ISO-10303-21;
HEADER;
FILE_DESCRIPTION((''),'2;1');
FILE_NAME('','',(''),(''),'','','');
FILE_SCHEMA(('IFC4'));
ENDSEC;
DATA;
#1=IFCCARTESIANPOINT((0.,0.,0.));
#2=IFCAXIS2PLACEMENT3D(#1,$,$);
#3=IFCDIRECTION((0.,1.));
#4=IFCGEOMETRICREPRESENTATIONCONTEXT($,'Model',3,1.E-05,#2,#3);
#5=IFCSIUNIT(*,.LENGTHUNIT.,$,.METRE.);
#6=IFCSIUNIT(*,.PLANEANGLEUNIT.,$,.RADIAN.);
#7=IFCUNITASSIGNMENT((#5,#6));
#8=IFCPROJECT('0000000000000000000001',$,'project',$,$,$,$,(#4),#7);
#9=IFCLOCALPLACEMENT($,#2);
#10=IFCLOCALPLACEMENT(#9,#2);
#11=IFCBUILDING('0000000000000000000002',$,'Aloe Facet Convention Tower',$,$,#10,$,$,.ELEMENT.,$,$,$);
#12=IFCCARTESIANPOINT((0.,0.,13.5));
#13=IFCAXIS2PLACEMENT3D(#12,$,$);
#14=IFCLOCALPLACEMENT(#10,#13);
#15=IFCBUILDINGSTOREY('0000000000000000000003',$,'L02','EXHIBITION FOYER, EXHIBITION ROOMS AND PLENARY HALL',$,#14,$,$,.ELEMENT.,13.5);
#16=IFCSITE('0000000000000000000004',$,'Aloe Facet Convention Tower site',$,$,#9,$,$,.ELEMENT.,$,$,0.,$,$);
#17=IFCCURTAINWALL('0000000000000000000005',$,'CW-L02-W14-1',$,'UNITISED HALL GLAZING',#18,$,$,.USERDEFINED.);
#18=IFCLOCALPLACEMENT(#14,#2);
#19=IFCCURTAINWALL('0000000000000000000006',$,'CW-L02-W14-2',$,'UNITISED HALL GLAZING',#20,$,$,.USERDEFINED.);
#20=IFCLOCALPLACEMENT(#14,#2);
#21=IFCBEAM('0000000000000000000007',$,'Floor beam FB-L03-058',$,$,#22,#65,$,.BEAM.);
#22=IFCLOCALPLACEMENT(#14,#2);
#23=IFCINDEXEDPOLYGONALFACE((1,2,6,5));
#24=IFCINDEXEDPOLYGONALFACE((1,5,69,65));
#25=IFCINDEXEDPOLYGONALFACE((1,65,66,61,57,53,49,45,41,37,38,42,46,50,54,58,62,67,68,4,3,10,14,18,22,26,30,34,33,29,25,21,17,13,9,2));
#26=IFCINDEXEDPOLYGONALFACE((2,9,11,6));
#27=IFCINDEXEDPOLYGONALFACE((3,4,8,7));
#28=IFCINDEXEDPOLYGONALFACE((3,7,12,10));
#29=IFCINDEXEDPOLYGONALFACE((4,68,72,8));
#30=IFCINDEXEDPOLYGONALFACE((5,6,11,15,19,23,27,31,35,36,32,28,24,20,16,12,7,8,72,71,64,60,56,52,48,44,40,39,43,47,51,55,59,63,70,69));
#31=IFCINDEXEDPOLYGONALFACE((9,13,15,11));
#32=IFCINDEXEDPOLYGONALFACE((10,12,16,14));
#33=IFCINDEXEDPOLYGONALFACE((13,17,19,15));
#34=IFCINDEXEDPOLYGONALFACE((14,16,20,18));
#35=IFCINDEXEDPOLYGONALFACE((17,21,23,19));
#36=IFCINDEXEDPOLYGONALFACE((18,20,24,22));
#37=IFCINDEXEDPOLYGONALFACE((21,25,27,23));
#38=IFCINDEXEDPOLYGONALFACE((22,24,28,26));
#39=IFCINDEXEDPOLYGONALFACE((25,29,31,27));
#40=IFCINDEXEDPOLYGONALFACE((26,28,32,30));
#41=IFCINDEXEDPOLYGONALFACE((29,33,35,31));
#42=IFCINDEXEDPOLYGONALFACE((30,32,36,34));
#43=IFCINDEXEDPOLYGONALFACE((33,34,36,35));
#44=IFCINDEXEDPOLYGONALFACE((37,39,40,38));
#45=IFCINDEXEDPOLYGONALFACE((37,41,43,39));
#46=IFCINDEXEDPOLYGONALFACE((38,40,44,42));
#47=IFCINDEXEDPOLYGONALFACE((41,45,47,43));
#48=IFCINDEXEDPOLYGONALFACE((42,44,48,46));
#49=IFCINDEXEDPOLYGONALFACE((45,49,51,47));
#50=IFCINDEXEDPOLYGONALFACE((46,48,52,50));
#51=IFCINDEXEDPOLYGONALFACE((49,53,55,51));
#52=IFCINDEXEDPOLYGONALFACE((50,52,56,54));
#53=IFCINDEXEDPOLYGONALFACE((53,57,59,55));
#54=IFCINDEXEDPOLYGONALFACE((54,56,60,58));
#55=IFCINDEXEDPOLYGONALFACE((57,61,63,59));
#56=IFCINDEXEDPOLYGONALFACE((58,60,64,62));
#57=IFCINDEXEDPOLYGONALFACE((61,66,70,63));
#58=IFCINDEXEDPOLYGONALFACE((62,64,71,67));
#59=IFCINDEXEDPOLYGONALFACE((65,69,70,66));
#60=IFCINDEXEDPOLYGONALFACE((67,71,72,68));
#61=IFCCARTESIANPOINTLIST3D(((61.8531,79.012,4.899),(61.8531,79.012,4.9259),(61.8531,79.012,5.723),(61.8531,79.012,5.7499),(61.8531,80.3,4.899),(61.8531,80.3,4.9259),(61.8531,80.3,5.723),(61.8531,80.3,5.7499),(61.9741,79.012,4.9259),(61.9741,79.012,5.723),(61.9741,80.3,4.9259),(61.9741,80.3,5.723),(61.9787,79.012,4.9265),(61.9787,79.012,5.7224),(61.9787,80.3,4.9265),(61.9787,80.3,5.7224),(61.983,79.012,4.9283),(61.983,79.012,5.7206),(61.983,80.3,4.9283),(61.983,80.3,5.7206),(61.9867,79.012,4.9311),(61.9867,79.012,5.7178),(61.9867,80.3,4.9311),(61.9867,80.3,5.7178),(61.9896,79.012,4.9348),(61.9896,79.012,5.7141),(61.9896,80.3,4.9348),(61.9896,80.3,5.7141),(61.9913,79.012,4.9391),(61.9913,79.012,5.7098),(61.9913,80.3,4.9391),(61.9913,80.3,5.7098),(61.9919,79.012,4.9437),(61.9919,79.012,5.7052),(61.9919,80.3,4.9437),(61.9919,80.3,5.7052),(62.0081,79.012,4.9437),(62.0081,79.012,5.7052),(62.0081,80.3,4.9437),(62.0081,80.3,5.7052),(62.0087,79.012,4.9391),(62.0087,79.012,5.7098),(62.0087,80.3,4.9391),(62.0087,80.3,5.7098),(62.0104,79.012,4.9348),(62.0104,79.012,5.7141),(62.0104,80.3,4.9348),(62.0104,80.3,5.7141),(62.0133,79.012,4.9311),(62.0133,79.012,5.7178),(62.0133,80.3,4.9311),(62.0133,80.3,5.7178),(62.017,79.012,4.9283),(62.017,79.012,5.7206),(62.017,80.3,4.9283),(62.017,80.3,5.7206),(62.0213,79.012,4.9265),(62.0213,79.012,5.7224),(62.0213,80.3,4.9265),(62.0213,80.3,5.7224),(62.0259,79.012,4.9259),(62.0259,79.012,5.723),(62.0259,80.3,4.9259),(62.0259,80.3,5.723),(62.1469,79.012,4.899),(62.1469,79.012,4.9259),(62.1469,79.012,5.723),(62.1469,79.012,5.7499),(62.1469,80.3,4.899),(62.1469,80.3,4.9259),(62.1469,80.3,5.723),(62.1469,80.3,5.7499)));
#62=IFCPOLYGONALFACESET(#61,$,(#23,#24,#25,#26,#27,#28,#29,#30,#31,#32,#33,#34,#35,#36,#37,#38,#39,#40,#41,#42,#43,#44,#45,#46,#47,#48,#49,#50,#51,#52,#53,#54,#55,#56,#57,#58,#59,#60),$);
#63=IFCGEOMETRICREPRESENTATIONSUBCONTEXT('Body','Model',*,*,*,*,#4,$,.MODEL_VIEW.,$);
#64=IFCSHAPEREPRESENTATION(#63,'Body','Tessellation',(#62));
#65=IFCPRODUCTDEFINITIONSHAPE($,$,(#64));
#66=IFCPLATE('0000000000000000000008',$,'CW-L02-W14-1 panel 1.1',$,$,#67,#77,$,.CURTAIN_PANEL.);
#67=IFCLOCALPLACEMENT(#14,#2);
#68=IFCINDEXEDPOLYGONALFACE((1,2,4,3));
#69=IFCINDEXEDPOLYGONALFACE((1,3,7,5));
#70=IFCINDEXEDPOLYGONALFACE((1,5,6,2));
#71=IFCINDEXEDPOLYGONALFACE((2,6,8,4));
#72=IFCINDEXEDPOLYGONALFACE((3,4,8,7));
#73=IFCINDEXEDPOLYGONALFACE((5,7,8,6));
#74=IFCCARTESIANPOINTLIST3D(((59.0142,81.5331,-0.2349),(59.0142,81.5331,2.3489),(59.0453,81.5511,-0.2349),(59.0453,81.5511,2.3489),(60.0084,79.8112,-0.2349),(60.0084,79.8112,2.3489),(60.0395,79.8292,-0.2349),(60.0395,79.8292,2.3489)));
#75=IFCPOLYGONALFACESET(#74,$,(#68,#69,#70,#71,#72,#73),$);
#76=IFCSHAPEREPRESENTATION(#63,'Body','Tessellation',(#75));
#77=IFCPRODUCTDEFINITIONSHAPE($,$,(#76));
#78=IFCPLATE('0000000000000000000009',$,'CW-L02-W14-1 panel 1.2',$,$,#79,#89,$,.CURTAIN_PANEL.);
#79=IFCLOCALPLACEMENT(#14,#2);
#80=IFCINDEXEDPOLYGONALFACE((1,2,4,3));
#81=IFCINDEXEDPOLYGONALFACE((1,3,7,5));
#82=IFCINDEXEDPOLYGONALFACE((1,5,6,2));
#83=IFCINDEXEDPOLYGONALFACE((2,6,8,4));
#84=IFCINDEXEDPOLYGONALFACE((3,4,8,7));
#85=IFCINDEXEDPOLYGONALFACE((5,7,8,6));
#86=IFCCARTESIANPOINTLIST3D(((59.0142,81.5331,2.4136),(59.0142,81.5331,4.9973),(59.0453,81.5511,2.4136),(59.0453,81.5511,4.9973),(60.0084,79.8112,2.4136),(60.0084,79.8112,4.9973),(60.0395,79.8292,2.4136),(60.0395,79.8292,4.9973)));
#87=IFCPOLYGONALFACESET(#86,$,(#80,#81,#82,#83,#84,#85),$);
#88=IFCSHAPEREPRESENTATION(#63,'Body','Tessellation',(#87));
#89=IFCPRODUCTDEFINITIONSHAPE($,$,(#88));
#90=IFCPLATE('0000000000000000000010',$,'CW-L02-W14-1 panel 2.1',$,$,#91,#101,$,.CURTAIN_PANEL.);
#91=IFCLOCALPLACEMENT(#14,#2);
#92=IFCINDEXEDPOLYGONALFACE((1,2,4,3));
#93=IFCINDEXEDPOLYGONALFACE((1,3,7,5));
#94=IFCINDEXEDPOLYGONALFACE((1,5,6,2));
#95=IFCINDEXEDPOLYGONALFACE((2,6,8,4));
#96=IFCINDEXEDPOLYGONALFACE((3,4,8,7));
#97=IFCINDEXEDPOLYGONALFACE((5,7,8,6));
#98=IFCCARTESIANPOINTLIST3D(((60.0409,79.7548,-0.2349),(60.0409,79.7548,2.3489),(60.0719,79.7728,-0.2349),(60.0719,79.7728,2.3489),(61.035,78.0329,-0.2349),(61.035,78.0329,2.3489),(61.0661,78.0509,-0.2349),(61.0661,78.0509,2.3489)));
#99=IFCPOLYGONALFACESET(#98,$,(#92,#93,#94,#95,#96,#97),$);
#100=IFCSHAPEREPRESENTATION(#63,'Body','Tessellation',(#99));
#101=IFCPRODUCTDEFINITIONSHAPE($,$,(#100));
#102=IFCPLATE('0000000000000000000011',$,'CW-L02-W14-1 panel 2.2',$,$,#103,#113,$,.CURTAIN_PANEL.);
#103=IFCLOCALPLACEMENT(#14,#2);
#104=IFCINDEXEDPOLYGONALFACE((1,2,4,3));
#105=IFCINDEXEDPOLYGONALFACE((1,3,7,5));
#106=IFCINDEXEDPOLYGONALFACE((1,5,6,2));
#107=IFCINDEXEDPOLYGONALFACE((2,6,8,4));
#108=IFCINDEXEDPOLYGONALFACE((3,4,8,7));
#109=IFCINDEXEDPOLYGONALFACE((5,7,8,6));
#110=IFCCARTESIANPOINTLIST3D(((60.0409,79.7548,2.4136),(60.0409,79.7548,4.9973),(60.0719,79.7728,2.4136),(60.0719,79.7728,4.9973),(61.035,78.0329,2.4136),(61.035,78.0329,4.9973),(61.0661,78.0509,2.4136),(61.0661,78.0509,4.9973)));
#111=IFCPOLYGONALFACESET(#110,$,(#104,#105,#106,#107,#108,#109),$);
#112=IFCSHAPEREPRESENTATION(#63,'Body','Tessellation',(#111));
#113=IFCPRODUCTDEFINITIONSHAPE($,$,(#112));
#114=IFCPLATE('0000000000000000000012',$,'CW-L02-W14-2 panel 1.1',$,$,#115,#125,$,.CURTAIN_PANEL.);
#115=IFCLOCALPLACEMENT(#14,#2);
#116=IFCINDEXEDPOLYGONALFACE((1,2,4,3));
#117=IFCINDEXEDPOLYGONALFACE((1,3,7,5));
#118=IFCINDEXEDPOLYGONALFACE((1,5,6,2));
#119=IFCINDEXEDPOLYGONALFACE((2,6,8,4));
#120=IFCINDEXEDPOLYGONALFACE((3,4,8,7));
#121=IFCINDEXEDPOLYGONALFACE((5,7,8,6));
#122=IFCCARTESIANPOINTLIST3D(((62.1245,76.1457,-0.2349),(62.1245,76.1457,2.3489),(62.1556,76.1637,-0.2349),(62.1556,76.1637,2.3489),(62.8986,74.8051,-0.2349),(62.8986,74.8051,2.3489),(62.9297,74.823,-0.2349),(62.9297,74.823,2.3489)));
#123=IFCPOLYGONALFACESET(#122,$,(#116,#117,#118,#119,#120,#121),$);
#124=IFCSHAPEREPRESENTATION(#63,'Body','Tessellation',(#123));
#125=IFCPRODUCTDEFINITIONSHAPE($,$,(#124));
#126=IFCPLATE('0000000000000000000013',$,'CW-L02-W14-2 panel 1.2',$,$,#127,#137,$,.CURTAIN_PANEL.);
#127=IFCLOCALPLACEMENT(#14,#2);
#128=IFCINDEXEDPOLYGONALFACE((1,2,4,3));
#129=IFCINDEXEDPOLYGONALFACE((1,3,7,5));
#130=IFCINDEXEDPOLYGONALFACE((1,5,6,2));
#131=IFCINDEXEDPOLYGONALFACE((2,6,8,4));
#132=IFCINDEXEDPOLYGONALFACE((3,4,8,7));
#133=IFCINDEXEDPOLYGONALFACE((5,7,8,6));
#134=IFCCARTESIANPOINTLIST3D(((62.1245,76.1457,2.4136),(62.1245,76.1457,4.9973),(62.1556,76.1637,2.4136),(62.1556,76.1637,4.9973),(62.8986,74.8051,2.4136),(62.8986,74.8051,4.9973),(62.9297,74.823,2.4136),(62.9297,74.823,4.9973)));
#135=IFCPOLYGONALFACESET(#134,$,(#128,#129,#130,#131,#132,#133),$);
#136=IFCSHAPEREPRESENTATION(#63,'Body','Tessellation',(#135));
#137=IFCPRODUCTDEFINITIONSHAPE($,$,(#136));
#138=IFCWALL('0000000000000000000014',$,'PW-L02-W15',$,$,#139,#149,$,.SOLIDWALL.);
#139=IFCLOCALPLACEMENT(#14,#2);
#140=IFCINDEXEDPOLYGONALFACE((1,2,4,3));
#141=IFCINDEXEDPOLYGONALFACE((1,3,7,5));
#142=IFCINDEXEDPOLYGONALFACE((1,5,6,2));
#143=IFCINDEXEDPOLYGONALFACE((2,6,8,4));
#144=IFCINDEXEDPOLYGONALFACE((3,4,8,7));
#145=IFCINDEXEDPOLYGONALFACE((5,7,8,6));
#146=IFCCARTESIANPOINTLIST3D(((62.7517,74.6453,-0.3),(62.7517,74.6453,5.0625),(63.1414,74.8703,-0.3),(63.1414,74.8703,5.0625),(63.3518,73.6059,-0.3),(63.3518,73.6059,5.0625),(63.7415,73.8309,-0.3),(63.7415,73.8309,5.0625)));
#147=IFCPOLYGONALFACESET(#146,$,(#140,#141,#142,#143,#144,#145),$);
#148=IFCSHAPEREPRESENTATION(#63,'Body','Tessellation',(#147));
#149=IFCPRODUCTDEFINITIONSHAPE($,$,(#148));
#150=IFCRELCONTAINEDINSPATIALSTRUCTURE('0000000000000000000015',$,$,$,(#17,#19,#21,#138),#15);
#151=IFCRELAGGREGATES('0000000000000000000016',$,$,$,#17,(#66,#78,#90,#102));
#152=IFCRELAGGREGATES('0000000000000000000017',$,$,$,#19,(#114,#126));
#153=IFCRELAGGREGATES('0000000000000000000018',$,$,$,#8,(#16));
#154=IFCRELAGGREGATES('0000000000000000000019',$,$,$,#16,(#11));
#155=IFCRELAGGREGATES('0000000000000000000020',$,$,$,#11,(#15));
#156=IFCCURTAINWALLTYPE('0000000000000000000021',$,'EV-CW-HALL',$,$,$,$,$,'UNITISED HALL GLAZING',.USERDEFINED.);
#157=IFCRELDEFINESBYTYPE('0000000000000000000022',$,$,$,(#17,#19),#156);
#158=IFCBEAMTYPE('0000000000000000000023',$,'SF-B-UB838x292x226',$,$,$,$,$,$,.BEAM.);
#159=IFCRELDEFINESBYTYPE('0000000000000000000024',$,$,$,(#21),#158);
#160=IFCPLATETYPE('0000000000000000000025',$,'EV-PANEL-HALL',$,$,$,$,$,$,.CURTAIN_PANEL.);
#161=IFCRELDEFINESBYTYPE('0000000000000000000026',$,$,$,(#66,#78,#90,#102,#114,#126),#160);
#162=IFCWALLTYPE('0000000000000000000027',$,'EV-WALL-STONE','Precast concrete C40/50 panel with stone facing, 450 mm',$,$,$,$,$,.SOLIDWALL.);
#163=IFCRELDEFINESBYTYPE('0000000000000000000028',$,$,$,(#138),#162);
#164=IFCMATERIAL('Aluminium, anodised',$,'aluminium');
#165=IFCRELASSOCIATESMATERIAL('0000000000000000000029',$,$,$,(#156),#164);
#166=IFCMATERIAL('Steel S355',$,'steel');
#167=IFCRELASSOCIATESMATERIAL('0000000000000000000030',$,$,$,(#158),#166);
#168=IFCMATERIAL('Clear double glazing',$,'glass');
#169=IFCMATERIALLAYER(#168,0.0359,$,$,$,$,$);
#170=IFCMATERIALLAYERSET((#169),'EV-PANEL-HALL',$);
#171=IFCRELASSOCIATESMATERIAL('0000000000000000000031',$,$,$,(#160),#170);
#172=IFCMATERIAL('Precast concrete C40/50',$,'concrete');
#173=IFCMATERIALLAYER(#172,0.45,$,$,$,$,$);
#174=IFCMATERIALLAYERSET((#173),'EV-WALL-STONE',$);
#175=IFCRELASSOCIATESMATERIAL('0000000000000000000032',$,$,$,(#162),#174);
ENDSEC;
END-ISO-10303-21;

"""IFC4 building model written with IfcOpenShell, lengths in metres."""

from ifc_helpers import new_model, si_unit, direction, frame, frame_2d, origin, origin_2d, place, context, subcontext, project, spatial, rectangle, i_section, extrude, material, layer, layer_set, material_profile, profile_set, type_object, element, aggregate, save


model = new_model("IFC4")

# Units and contexts
model_context = context("Model", 3, precision=1e-05, world=origin(), true_north=direction((0.0, 1.0)))
body_context = subcontext(model_context, "Body", "Model", "MODEL_VIEW")
ifc_project = project(units=[si_unit("LENGTHUNIT", "METRE"), si_unit("PLANEANGLEUNIT", "RADIAN")], contexts=[model_context])

# Site, building, storey
site_placement = place(None, origin())
site = spatial("IfcSite", under=ifc_project, at=site_placement, Name="Aloe Facet Convention Tower site", CompositionType="ELEMENT", RefElevation=0.0)
building_placement = place(site_placement, origin())
building = spatial("IfcBuilding", under=site, at=building_placement, Name="Aloe Facet Convention Tower", CompositionType="ELEMENT")
storey_placement = place(building_placement, frame((0.0, 0.0, 13.5)))
storey = spatial("IfcBuildingStorey", under=building, at=storey_placement, Name="L02", Description="EXHIBITION FOYER, EXHIBITION ROOMS AND PLENARY HALL", CompositionType="ELEMENT", Elevation=13.5)

# Curtain walls
ifc_material_1 = material(Name="Aluminium, anodised", Category="aluminium")
curtain_wall_type = type_object("IfcCurtainWallType", Name="EV-CW-HALL", ElementType="UNITISED HALL GLAZING", PredefinedType="USERDEFINED", material=ifc_material_1)
curtain_wall_1_placement = place(storey_placement, origin())
curtain_wall_1 = element("IfcCurtainWall", 1, at=curtain_wall_1_placement, inside=storey, type_object=curtain_wall_type, Name="CW-L02-W14-1", ObjectType="UNITISED HALL GLAZING", PredefinedType="USERDEFINED")
curtain_wall_2_placement = place(storey_placement, origin())
curtain_wall_2 = element("IfcCurtainWall", 2, at=curtain_wall_2_placement, inside=storey, type_object=curtain_wall_type, Name="CW-L02-W14-2", ObjectType="UNITISED HALL GLAZING", PredefinedType="USERDEFINED")

# Beam
ifc_material_2 = material(Name="Steel S355", Category="steel")
ifc_material_profile_1 = material_profile(ifc_material_2, i_section(OverallWidth=0.2937, OverallDepth=0.8508, WebThickness=0.0161, FlangeThickness=0.0269, FilletRadius=0.0178, at=origin_2d()), Name="UB 838x292x226")
ifc_profile_set_1 = profile_set([ifc_material_profile_1], Name="Steel S355")
beam_type_1 = type_object("IfcBeamType", Name="SF-B-UB838x292x226", PredefinedType="BEAM", material=ifc_profile_set_1)
beam_1_placement = place(storey_placement, frame((62.0, 79.012, 5.3245), z_axis=(0.0, 1.0, 0.0), x_axis=(-1.0, 0.0, 0.0)))
element("IfcBeam", 3, at=beam_1_placement, inside=storey, type_object=beam_type_1, Name="Floor beam FB-L03-058", PredefinedType="BEAM", context=body_context, shape_type="SweptSolid", body=[
    extrude(i_section(OverallWidth=0.2937, OverallDepth=0.8508, WebThickness=0.0161, FlangeThickness=0.0269, FilletRadius=0.0178, at=origin_2d()), origin(), (0.0, 0.0, 1.0), 1.2881),
])

# Plates
ifc_material_3 = material(Name="Clear double glazing", Category="glass")
ifc_layer_1 = layer(ifc_material_3, 0.0359)
ifc_layer_set_1 = layer_set([ifc_layer_1], Name="EV-PANEL-HALL")
plate_type = type_object("IfcPlateType", Name="EV-PANEL-HALL", PredefinedType="CURTAIN_PANEL", material=ifc_layer_set_1)
plate_1_placement = place(storey_placement, frame((59.5269, 80.6812, -0.2349), z_axis=(0.0, 0.0, 1.0), x_axis=(0.5, -0.866025, 0.0)))
plate_1 = element("IfcPlate", 4, at=plate_1_placement, type_object=plate_type, Name="CW-L02-W14-1 panel 1.1", PredefinedType="CURTAIN_PANEL", context=body_context, shape_type="SweptSolid", body=[
    extrude(rectangle(XDim=1.9883, YDim=0.0359, at=origin_2d()), origin(), (0.0, 0.0, 1.0), 2.5837),
])
plate_2_placement = place(storey_placement, frame((59.5269, 80.6812, 2.4136), z_axis=(0.0, 0.0, 1.0), x_axis=(0.5, -0.866025, 0.0)))
plate_2 = element("IfcPlate", 5, at=plate_2_placement, type_object=plate_type, Name="CW-L02-W14-1 panel 1.2", PredefinedType="CURTAIN_PANEL", context=body_context, shape_type="SweptSolid", body=[
    extrude(rectangle(XDim=1.9883, YDim=0.0359, at=origin_2d()), origin(), (0.0, 0.0, 1.0), 2.5837),
])
plate_3_placement = place(storey_placement, frame((60.5535, 78.9028, -0.2349), z_axis=(0.0, 0.0, 1.0), x_axis=(0.5, -0.866025, 0.0)))
plate_3 = element("IfcPlate", 6, at=plate_3_placement, type_object=plate_type, Name="CW-L02-W14-1 panel 2.1", PredefinedType="CURTAIN_PANEL", context=body_context, shape_type="SweptSolid", body=[
    extrude(rectangle(XDim=1.9883, YDim=0.0359, at=origin_2d()), origin(), (0.0, 0.0, 1.0), 2.5837),
])
plate_4_placement = place(storey_placement, frame((60.5535, 78.9028, 2.4136), z_axis=(0.0, 0.0, 1.0), x_axis=(0.5, -0.866025, 0.0)))
plate_4 = element("IfcPlate", 7, at=plate_4_placement, type_object=plate_type, Name="CW-L02-W14-1 panel 2.2", PredefinedType="CURTAIN_PANEL", context=body_context, shape_type="SweptSolid", body=[
    extrude(rectangle(XDim=1.9883, YDim=0.0359, at=origin_2d()), origin(), (0.0, 0.0, 1.0), 2.5837),
])
aggregate(curtain_wall_1, [plate_1, plate_2, plate_3, plate_4])
plate_5_placement = place(storey_placement, frame((62.5271, 75.4844, -0.2349), z_axis=(0.0, 0.0, 1.0), x_axis=(0.5, -0.866025, 0.0)))
plate_5 = element("IfcPlate", 8, at=plate_5_placement, type_object=plate_type, Name="CW-L02-W14-2 panel 1.1", PredefinedType="CURTAIN_PANEL", context=body_context, shape_type="SweptSolid", body=[
    extrude(rectangle(XDim=1.5481, YDim=0.0359, at=origin_2d()), origin(), (0.0, 0.0, 1.0), 2.5837),
])
plate_6_placement = place(storey_placement, frame((62.5271, 75.4844, 2.4136), z_axis=(0.0, 0.0, 1.0), x_axis=(0.5, -0.866025, 0.0)))
plate_6 = element("IfcPlate", 9, at=plate_6_placement, type_object=plate_type, Name="CW-L02-W14-2 panel 1.2", PredefinedType="CURTAIN_PANEL", context=body_context, shape_type="SweptSolid", body=[
    extrude(rectangle(XDim=1.5481, YDim=0.0359, at=origin_2d()), origin(), (0.0, 0.0, 1.0), 2.5837),
])
aggregate(curtain_wall_2, [plate_5, plate_6])

# Wall
ifc_material_4 = material(Name="Precast concrete C40/50", Category="concrete")
ifc_layer_2 = layer(ifc_material_4, 0.45)
ifc_layer_set_2 = layer_set([ifc_layer_2], Name="EV-WALL-STONE")
wall_type = type_object("IfcWallType", Name="EV-WALL-STONE", Description="Precast concrete C40/50 panel with stone facing, 450 mm", PredefinedType="SOLIDWALL", material=ifc_layer_set_2)
wall_placement = place(storey_placement, frame((62.9465, 74.7578, -0.3), z_axis=(0.0, 0.0, 1.0), x_axis=(0.500034, -0.866006, 0.0)))
element("IfcWall", 10, at=wall_placement, inside=storey, type_object=wall_type, Name="PW-L02-W15", PredefinedType="SOLIDWALL", context=body_context, shape_type="SweptSolid", body=[
    extrude(rectangle(XDim=1.2002, YDim=0.45, at=frame_2d((0.6001, 0.0))), origin(), (0.0, 0.0, 1.0), 5.3625),
])

save(model, "model.ifc")
